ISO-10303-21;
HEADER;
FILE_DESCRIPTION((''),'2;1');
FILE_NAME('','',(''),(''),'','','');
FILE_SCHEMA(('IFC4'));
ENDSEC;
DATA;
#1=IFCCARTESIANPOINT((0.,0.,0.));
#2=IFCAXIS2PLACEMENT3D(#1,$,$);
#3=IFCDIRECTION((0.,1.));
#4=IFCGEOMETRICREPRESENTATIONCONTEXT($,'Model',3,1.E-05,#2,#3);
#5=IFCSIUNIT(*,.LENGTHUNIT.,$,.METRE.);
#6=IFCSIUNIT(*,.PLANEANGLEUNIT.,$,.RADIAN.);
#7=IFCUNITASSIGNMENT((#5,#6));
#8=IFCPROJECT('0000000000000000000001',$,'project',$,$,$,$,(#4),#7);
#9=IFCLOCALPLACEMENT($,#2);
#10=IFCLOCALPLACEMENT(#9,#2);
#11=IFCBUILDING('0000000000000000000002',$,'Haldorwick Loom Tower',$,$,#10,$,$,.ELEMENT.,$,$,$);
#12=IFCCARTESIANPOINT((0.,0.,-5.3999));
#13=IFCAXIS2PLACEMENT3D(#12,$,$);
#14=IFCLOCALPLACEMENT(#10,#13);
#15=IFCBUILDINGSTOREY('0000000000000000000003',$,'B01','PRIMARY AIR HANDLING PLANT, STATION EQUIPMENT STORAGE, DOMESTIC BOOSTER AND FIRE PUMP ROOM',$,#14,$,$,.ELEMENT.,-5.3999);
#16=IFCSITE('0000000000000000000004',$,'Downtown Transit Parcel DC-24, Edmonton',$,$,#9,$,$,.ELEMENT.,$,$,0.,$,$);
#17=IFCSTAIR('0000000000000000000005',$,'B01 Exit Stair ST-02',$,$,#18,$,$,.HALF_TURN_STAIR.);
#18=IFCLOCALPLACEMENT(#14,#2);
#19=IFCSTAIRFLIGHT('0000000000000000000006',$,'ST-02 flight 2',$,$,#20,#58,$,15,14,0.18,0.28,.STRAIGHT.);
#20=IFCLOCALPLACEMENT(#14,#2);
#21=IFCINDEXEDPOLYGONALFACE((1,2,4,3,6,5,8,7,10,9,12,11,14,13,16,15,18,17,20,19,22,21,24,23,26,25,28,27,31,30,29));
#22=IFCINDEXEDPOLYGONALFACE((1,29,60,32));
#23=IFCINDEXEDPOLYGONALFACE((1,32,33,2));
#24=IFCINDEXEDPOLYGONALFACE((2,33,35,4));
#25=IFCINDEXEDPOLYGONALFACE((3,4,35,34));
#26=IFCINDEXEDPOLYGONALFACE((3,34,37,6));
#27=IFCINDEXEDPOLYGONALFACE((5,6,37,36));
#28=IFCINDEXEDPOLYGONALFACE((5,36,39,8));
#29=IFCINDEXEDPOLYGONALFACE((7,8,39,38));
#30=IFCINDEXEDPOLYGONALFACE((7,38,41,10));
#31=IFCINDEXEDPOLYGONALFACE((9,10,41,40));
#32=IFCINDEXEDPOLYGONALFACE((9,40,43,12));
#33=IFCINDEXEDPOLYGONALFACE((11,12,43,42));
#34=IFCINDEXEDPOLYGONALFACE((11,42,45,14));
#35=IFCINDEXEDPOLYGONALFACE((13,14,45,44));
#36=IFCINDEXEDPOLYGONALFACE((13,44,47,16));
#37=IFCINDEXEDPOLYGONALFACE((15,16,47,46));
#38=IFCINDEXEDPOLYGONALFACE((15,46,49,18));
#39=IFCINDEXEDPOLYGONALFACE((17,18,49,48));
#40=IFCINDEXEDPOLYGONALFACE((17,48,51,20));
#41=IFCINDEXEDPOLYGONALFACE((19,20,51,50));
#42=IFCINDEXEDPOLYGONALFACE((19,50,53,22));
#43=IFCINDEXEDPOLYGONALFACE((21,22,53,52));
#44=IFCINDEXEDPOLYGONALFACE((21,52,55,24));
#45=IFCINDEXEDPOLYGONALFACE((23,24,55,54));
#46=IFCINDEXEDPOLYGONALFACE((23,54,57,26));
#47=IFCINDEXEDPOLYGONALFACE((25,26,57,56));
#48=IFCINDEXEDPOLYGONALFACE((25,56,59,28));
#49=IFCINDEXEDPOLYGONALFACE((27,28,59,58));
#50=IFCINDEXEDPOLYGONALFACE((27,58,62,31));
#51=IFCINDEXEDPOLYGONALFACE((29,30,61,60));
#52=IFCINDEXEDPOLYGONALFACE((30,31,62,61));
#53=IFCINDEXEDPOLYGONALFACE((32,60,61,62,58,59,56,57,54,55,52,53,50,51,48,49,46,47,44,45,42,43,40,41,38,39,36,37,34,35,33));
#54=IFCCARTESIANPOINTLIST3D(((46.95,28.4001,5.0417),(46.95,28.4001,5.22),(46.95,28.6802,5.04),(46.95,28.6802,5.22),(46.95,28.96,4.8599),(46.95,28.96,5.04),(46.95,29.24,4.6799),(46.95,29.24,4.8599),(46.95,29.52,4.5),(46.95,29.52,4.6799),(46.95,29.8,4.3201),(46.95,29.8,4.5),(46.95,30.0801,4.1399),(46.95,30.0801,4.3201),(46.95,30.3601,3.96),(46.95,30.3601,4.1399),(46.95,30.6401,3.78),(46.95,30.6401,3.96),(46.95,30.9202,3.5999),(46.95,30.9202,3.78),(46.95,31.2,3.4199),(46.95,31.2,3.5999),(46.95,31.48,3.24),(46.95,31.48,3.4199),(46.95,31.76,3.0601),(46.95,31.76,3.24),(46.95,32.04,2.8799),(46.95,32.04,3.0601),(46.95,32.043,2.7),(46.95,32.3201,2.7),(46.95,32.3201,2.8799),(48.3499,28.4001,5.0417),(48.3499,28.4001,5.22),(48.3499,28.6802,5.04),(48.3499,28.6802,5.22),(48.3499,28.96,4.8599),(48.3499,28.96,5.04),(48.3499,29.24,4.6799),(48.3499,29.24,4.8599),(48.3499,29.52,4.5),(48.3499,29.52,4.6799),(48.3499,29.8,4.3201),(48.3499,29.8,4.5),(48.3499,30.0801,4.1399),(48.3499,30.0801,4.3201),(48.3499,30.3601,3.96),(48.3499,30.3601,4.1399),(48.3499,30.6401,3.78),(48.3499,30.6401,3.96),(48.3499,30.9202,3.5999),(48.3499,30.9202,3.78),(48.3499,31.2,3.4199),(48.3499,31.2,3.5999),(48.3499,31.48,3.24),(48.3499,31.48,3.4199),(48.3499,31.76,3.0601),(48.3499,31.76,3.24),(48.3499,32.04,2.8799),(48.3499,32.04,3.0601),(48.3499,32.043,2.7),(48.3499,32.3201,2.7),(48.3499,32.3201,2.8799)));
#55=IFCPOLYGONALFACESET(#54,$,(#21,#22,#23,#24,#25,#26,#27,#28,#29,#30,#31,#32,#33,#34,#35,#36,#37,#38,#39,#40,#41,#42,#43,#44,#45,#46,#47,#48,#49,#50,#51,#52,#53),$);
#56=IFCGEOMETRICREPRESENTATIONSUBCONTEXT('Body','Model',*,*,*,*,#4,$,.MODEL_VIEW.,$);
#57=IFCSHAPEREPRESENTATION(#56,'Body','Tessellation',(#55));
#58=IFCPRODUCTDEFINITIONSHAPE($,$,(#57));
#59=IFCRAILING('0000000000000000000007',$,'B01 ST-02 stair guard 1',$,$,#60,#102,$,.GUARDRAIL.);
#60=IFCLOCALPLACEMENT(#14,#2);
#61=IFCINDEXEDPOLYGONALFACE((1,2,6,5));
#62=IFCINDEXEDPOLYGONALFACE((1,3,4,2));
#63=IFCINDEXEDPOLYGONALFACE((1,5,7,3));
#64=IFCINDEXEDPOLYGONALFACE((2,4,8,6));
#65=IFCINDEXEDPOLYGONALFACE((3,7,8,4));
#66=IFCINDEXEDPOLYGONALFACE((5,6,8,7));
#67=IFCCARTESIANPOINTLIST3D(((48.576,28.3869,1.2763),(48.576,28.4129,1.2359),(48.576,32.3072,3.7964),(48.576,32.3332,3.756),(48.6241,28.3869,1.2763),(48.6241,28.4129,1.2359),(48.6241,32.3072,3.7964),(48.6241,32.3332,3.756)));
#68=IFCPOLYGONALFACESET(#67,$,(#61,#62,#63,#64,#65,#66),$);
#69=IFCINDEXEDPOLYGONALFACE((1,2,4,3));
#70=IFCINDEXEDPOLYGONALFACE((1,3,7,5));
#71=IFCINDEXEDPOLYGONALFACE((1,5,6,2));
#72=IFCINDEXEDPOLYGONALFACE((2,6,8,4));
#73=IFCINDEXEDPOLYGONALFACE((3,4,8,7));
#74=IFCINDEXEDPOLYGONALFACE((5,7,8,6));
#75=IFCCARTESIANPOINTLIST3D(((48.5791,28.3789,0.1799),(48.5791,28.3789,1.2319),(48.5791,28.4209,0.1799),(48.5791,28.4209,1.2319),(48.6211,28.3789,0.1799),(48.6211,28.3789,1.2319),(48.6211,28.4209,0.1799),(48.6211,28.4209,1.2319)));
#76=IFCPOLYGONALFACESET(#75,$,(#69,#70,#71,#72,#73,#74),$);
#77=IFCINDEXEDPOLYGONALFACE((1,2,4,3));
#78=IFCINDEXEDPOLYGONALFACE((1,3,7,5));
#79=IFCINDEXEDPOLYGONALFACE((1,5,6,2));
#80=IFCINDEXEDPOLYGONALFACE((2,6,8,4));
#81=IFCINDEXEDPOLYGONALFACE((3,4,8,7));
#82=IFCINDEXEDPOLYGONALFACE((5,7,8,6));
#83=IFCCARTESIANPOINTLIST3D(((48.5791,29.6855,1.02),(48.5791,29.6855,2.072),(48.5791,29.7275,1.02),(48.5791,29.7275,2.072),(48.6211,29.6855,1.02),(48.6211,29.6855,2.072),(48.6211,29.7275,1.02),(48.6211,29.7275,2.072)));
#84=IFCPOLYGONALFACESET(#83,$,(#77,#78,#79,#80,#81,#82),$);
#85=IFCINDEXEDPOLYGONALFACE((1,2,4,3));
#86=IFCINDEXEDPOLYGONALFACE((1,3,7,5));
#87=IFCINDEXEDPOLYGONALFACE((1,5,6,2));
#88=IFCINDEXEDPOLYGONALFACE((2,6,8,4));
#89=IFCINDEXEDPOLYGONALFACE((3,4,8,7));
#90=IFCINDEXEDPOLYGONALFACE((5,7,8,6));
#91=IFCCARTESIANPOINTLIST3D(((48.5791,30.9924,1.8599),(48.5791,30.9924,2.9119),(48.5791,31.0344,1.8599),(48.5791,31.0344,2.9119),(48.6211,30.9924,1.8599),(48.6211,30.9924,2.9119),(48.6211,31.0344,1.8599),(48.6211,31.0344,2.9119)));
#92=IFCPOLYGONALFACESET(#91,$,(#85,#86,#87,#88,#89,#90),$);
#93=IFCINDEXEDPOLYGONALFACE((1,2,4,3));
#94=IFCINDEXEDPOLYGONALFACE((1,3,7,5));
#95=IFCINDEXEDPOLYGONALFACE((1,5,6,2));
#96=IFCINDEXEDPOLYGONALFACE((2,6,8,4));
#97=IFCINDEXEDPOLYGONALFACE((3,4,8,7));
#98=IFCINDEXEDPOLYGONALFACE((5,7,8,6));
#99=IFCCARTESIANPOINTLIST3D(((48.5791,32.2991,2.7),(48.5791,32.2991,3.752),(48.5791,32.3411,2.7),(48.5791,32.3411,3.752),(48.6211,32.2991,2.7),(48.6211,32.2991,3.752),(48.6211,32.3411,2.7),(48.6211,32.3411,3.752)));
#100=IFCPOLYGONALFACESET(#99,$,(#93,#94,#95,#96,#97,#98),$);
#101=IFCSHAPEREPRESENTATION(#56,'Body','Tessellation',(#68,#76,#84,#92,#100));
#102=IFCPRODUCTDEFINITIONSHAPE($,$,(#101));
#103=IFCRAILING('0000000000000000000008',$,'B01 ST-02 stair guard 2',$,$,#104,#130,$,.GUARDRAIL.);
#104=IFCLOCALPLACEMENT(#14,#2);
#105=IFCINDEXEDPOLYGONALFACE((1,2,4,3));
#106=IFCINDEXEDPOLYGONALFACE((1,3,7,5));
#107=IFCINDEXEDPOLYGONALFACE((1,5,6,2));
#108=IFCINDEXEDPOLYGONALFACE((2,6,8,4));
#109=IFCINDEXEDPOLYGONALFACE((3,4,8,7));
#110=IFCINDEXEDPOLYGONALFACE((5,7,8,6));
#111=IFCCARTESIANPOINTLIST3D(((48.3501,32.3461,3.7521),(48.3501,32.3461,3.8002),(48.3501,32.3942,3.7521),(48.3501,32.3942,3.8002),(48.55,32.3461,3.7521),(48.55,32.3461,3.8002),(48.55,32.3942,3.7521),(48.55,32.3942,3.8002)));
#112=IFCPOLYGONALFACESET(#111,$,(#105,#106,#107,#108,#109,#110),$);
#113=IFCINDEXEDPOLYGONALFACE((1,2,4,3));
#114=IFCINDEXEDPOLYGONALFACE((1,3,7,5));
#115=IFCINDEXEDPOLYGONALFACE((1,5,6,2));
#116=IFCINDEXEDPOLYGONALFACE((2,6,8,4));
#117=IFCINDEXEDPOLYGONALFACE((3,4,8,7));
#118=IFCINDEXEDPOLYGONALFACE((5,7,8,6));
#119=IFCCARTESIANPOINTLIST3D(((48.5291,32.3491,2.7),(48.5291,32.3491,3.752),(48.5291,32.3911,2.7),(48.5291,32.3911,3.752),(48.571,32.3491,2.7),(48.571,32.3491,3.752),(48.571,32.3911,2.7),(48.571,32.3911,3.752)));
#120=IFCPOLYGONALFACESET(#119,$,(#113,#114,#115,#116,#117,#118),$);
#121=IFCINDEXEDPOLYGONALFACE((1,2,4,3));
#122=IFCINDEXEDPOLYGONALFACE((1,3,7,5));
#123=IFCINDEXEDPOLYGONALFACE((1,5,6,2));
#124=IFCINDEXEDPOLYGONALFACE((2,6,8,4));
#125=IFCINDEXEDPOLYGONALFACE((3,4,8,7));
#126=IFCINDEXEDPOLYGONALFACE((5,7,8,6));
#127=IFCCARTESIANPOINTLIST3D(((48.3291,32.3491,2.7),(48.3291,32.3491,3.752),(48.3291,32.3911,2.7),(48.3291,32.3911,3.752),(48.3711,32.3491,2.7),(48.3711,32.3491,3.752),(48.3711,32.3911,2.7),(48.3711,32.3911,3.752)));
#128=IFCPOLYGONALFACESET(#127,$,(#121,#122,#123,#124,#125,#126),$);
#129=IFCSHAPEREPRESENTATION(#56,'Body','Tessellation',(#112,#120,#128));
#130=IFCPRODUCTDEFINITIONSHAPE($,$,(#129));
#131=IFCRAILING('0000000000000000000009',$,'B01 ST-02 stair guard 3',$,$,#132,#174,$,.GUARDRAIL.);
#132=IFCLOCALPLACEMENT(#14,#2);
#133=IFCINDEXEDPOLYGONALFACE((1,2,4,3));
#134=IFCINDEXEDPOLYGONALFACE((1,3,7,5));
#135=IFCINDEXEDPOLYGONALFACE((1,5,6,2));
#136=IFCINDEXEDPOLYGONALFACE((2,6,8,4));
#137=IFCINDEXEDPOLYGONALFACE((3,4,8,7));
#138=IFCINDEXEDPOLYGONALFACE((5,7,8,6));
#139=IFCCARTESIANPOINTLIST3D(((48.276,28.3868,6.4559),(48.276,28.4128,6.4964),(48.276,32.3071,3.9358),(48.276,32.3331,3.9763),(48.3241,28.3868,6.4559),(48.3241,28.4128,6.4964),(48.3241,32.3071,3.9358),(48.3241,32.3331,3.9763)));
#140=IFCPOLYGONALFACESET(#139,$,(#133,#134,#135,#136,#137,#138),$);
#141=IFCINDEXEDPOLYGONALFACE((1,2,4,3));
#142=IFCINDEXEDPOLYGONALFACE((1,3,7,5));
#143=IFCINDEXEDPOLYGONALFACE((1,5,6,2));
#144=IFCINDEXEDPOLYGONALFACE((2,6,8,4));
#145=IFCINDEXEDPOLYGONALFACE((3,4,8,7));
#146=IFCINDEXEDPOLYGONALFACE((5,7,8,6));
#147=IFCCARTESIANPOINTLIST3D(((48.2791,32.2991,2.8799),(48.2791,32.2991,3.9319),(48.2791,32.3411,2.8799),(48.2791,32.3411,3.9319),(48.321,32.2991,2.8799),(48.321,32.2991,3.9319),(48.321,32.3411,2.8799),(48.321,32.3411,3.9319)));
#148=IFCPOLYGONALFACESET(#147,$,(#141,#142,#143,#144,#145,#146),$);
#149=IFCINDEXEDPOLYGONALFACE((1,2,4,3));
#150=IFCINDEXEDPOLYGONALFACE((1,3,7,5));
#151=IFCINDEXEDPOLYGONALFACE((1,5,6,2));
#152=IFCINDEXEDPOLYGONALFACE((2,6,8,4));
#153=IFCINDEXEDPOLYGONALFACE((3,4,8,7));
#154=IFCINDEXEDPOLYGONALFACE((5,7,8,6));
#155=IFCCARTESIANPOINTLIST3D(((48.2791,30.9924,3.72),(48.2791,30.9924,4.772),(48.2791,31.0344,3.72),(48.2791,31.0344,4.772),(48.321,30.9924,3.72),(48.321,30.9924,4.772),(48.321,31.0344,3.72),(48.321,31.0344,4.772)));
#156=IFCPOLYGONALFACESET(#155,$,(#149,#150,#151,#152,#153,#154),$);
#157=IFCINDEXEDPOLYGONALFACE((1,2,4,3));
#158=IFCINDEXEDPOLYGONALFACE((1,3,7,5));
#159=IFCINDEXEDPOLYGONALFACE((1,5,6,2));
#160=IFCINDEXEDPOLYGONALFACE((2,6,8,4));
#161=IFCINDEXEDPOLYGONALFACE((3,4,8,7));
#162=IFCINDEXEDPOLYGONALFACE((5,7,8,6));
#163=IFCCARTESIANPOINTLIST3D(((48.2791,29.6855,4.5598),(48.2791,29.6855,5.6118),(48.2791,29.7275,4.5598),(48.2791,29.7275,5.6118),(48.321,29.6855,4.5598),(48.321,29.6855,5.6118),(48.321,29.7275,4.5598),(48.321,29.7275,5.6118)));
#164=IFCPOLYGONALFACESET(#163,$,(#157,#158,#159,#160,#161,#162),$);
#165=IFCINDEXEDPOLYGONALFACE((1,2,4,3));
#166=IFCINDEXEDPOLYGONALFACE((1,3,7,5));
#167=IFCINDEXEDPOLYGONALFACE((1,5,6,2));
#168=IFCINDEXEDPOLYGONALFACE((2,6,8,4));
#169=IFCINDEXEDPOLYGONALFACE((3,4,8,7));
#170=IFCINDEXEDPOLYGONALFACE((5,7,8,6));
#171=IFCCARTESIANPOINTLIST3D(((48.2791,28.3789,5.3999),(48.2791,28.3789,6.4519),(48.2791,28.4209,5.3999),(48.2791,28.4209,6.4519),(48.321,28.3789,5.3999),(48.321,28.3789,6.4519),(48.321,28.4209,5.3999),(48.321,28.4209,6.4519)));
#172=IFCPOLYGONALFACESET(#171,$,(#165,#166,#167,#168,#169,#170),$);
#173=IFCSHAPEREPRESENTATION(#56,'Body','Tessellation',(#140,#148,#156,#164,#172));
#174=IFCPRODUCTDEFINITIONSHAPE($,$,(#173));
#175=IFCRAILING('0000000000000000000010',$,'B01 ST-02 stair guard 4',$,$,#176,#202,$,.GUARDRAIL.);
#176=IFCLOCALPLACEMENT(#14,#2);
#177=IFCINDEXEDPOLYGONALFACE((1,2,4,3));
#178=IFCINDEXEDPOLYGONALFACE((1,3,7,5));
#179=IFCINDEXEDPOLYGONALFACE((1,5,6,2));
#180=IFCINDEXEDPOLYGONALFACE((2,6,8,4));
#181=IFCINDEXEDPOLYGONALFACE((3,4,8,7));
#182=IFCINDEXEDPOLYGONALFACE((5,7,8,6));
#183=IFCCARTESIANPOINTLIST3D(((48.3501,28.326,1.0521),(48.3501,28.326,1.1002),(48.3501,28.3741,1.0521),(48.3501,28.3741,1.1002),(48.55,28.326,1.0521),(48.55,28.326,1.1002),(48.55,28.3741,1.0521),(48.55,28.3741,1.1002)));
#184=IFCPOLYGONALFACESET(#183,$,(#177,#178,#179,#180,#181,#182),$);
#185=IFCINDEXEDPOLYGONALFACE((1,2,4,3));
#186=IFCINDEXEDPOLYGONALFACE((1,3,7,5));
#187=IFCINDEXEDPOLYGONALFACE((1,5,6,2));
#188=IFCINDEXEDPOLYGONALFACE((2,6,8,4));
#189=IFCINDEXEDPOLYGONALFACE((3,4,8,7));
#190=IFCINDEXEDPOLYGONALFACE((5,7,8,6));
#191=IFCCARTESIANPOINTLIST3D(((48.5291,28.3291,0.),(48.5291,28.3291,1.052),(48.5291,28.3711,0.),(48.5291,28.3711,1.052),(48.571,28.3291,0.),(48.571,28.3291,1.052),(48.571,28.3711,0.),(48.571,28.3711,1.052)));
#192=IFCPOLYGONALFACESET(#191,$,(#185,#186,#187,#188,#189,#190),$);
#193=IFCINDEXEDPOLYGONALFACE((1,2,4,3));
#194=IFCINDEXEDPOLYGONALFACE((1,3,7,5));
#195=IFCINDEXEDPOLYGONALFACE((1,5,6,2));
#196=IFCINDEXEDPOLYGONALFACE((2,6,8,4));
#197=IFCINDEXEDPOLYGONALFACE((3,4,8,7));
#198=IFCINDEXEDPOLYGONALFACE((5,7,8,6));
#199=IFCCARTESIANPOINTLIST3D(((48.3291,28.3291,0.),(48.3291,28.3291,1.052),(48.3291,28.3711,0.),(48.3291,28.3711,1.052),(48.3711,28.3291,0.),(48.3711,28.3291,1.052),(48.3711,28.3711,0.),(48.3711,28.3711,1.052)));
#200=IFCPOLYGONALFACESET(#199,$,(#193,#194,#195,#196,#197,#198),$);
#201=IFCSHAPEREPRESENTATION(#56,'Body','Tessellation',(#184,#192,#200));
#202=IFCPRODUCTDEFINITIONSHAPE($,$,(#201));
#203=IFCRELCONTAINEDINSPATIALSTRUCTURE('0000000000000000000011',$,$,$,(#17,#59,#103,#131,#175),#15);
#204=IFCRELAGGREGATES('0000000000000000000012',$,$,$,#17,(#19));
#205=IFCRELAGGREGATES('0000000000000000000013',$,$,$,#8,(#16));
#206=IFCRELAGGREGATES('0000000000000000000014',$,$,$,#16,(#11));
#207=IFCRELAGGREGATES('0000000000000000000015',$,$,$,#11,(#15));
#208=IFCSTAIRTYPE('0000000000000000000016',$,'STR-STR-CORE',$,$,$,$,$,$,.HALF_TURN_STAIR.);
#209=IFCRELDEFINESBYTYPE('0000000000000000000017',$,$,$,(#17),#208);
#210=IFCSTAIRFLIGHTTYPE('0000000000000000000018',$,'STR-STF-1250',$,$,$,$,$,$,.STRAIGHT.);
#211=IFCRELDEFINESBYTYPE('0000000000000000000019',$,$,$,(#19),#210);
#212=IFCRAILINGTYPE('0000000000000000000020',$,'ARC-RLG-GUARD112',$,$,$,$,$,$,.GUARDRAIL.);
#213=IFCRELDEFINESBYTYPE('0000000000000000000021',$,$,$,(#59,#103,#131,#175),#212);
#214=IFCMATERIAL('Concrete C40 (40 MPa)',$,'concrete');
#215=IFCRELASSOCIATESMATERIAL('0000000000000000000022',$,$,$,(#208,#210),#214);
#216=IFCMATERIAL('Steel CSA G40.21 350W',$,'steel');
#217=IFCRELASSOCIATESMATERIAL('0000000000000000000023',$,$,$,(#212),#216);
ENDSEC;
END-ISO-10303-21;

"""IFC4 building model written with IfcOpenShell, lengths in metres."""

from ifc_helpers import new_model, si_unit, direction, frame, origin, origin_2d, place, context, subcontext, project, spatial, polyline, rectangle, outline, extrude, material, type_object, element, aggregate, save


model = new_model("IFC4")

# Units and contexts
model_context = context("Model", 3, precision=1e-05, world=origin(), true_north=direction((0.0, 1.0)))
body_context = subcontext(model_context, "Body", "Model", "MODEL_VIEW")
ifc_project = project(units=[si_unit("LENGTHUNIT", "METRE"), si_unit("PLANEANGLEUNIT", "RADIAN")], contexts=[model_context])

# Site, building, storey
site_placement = place(None, origin())
site = spatial("IfcSite", under=ifc_project, at=site_placement, Name="Downtown Transit Parcel DC-24, Edmonton", CompositionType="ELEMENT", RefElevation=0.0)
building_placement = place(site_placement, origin())
building = spatial("IfcBuilding", under=site, at=building_placement, Name="Haldorwick Loom Tower", CompositionType="ELEMENT")
storey_placement = place(building_placement, frame((0.0, 0.0, -5.3999)))
storey = spatial("IfcBuildingStorey", under=building, at=storey_placement, Name="B01", Description="PRIMARY AIR HANDLING PLANT, STATION EQUIPMENT STORAGE, DOMESTIC BOOSTER AND FIRE PUMP ROOM", CompositionType="ELEMENT", Elevation=-5.3999)

# Stair, stair flight
ifc_material_1 = material(Name="Concrete C40 (40 MPa)", Category="concrete")
stair_type = type_object("IfcStairType", Name="STR-STR-CORE", PredefinedType="HALF_TURN_STAIR", material=ifc_material_1)
stair_placement = place(storey_placement, origin())
stair = element("IfcStair", 1, at=stair_placement, inside=storey, type_object=stair_type, Name="B01 Exit Stair ST-02", PredefinedType="HALF_TURN_STAIR")
stair_flight_type = type_object("IfcStairFlightType", Name="STR-STF-1250", PredefinedType="STRAIGHT", material=ifc_material_1)
stair_flight_1_placement = place(storey_placement, frame((47.6499, 32.3201, 2.7), z_axis=(0.0, 0.0, 1.0), x_axis=(0.0, -1.0, 0.0)))
stair_flight_1 = element("IfcStairFlight", 2, at=stair_flight_1_placement, type_object=stair_flight_type, Name="ST-02 flight 2", NumberOfRisers=15, NumberOfTreads=14, PredefinedType="STRAIGHT", RiserHeight=0.18, TreadLength=0.28, context=body_context, shape_type="SweptSolid", body=[
    extrude(outline(polyline([(0.0, 0.0), (0.0, 0.1799), (0.28, 0.1799), (0.28, 0.3601), (0.5601, 0.3601), (0.5601, 0.54), (0.8401, 0.54), (0.8401, 0.72), (1.1201, 0.72), (1.1201, 0.8999), (1.3999, 0.8999), (1.3999, 1.0801), (1.6799, 1.0801), (1.6799, 1.26), (1.96, 1.26), (1.96, 1.4399), (2.24, 1.4399), (2.24, 1.6201), (2.52, 1.6201), (2.52, 1.8), (2.8, 1.8), (2.8, 1.98), (3.0801, 1.98), (3.0801, 2.1599), (3.3601, 2.1599), (3.3601, 2.3401), (3.6399, 2.3401), (3.6399, 2.52), (3.9199, 2.52), (3.9199, 2.7), (3.9199, 2.3418), (0.2771, 0.0), (0.0, 0.0)])), frame((0.0, 0.7, 0.0), z_axis=(0.0, -1.0, 0.0), x_axis=(1.0, 0.0, 0.0)), (0.0, 0.0, 1.0), 1.3999),
])
aggregate(stair, [stair_flight_1])

# Railings
ifc_material_2 = material(Name="Steel CSA G40.21 350W", Category="steel")
railing_type_1 = type_object("IfcRailingType", Name="ARC-RLG-GUARD112", PredefinedType="GUARDRAIL", material=ifc_material_2)
railing_1_placement = place(storey_placement, frame((48.6001, 28.3999, 0.1799)))
element("IfcRailing", 3, at=railing_1_placement, inside=storey, type_object=railing_type_1, Name="B01 ST-02 stair guard 1", PredefinedType="GUARDRAIL", context=body_context, shape_type="SweptSolid", body=[
    extrude(rectangle(XDim=0.0481, YDim=0.0481, at=origin_2d()), frame((0.0, 0.0, 1.0762), z_axis=(0.0, 0.841187, 0.540744), x_axis=(-1.0, 0.0, 0.0)), (0.0, 0.0, 1.0), 4.6604),
    extrude(rectangle(XDim=0.042, YDim=0.042, at=origin_2d()), origin(), (0.0, 0.0, 1.0), 1.052),
    extrude(rectangle(XDim=0.042, YDim=0.042, at=origin_2d()), frame((0.0, 1.3066, 0.8401)), (0.0, 0.0, 1.0), 1.052),
    extrude(rectangle(XDim=0.042, YDim=0.042, at=origin_2d()), frame((0.0, 2.6135, 1.6799)), (0.0, 0.0, 1.0), 1.052),
    extrude(rectangle(XDim=0.042, YDim=0.042, at=origin_2d()), frame((0.0, 3.9202, 2.52)), (0.0, 0.0, 1.0), 1.052),
])
railing_2_placement = place(storey_placement, frame((48.55, 32.3701, 2.7)))
element("IfcRailing", 4, at=railing_2_placement, inside=storey, type_object=railing_type_1, Name="B01 ST-02 stair guard 2", PredefinedType="GUARDRAIL", context=body_context, shape_type="SweptSolid", body=[
    extrude(rectangle(XDim=0.0481, YDim=0.0481, at=origin_2d()), frame((0.0, 0.0, 1.0762), z_axis=(-1.0, 0.0, 0.0), x_axis=(0.0, -1.0, 0.0)), (0.0, 0.0, 1.0), 0.2),
    extrude(rectangle(XDim=0.042, YDim=0.042, at=origin_2d()), origin(), (0.0, 0.0, 1.0), 1.052),
    extrude(rectangle(XDim=0.042, YDim=0.042, at=origin_2d()), frame((-0.2, 0.0, 0.0)), (0.0, 0.0, 1.0), 1.052),
])
railing_3_placement = place(storey_placement, frame((48.3, 32.3201, 2.8799)))
element("IfcRailing", 5, at=railing_3_placement, inside=storey, type_object=railing_type_1, Name="B01 ST-02 stair guard 3", PredefinedType="GUARDRAIL", context=body_context, shape_type="SweptSolid", body=[
    extrude(rectangle(XDim=0.0481, YDim=0.0481, at=origin_2d()), frame((0.0, 0.0, 1.0762), z_axis=(0.0, -0.841187, 0.540744), x_axis=(1.0, 0.0, 0.0)), (0.0, 0.0, 1.0), 4.6604),
    extrude(rectangle(XDim=0.042, YDim=0.042, at=origin_2d()), origin(), (0.0, 0.0, 1.0), 1.052),
    extrude(rectangle(XDim=0.042, YDim=0.042, at=origin_2d()), frame((0.0, -1.3066, 0.8401)), (0.0, 0.0, 1.0), 1.052),
    extrude(rectangle(XDim=0.042, YDim=0.042, at=origin_2d()), frame((0.0, -2.6135, 1.6799)), (0.0, 0.0, 1.0), 1.052),
    extrude(rectangle(XDim=0.042, YDim=0.042, at=origin_2d()), frame((0.0, -3.9202, 2.52)), (0.0, 0.0, 1.0), 1.052),
])
railing_4_placement = place(storey_placement, frame((48.55, 28.3501, 0.0)))
element("IfcRailing", 6, at=railing_4_placement, inside=storey, type_object=railing_type_1, Name="B01 ST-02 stair guard 4", PredefinedType="GUARDRAIL", context=body_context, shape_type="SweptSolid", body=[
    extrude(rectangle(XDim=0.0481, YDim=0.0481, at=origin_2d()), frame((0.0, 0.0, 1.0762), z_axis=(-1.0, 0.0, 0.0), x_axis=(0.0, -1.0, 0.0)), (0.0, 0.0, 1.0), 0.2),
    extrude(rectangle(XDim=0.042, YDim=0.042, at=origin_2d()), origin(), (0.0, 0.0, 1.0), 1.052),
    extrude(rectangle(XDim=0.042, YDim=0.042, at=origin_2d()), frame((-0.2, 0.0, 0.0)), (0.0, 0.0, 1.0), 1.052),
])

save(model, "model.ifc")
